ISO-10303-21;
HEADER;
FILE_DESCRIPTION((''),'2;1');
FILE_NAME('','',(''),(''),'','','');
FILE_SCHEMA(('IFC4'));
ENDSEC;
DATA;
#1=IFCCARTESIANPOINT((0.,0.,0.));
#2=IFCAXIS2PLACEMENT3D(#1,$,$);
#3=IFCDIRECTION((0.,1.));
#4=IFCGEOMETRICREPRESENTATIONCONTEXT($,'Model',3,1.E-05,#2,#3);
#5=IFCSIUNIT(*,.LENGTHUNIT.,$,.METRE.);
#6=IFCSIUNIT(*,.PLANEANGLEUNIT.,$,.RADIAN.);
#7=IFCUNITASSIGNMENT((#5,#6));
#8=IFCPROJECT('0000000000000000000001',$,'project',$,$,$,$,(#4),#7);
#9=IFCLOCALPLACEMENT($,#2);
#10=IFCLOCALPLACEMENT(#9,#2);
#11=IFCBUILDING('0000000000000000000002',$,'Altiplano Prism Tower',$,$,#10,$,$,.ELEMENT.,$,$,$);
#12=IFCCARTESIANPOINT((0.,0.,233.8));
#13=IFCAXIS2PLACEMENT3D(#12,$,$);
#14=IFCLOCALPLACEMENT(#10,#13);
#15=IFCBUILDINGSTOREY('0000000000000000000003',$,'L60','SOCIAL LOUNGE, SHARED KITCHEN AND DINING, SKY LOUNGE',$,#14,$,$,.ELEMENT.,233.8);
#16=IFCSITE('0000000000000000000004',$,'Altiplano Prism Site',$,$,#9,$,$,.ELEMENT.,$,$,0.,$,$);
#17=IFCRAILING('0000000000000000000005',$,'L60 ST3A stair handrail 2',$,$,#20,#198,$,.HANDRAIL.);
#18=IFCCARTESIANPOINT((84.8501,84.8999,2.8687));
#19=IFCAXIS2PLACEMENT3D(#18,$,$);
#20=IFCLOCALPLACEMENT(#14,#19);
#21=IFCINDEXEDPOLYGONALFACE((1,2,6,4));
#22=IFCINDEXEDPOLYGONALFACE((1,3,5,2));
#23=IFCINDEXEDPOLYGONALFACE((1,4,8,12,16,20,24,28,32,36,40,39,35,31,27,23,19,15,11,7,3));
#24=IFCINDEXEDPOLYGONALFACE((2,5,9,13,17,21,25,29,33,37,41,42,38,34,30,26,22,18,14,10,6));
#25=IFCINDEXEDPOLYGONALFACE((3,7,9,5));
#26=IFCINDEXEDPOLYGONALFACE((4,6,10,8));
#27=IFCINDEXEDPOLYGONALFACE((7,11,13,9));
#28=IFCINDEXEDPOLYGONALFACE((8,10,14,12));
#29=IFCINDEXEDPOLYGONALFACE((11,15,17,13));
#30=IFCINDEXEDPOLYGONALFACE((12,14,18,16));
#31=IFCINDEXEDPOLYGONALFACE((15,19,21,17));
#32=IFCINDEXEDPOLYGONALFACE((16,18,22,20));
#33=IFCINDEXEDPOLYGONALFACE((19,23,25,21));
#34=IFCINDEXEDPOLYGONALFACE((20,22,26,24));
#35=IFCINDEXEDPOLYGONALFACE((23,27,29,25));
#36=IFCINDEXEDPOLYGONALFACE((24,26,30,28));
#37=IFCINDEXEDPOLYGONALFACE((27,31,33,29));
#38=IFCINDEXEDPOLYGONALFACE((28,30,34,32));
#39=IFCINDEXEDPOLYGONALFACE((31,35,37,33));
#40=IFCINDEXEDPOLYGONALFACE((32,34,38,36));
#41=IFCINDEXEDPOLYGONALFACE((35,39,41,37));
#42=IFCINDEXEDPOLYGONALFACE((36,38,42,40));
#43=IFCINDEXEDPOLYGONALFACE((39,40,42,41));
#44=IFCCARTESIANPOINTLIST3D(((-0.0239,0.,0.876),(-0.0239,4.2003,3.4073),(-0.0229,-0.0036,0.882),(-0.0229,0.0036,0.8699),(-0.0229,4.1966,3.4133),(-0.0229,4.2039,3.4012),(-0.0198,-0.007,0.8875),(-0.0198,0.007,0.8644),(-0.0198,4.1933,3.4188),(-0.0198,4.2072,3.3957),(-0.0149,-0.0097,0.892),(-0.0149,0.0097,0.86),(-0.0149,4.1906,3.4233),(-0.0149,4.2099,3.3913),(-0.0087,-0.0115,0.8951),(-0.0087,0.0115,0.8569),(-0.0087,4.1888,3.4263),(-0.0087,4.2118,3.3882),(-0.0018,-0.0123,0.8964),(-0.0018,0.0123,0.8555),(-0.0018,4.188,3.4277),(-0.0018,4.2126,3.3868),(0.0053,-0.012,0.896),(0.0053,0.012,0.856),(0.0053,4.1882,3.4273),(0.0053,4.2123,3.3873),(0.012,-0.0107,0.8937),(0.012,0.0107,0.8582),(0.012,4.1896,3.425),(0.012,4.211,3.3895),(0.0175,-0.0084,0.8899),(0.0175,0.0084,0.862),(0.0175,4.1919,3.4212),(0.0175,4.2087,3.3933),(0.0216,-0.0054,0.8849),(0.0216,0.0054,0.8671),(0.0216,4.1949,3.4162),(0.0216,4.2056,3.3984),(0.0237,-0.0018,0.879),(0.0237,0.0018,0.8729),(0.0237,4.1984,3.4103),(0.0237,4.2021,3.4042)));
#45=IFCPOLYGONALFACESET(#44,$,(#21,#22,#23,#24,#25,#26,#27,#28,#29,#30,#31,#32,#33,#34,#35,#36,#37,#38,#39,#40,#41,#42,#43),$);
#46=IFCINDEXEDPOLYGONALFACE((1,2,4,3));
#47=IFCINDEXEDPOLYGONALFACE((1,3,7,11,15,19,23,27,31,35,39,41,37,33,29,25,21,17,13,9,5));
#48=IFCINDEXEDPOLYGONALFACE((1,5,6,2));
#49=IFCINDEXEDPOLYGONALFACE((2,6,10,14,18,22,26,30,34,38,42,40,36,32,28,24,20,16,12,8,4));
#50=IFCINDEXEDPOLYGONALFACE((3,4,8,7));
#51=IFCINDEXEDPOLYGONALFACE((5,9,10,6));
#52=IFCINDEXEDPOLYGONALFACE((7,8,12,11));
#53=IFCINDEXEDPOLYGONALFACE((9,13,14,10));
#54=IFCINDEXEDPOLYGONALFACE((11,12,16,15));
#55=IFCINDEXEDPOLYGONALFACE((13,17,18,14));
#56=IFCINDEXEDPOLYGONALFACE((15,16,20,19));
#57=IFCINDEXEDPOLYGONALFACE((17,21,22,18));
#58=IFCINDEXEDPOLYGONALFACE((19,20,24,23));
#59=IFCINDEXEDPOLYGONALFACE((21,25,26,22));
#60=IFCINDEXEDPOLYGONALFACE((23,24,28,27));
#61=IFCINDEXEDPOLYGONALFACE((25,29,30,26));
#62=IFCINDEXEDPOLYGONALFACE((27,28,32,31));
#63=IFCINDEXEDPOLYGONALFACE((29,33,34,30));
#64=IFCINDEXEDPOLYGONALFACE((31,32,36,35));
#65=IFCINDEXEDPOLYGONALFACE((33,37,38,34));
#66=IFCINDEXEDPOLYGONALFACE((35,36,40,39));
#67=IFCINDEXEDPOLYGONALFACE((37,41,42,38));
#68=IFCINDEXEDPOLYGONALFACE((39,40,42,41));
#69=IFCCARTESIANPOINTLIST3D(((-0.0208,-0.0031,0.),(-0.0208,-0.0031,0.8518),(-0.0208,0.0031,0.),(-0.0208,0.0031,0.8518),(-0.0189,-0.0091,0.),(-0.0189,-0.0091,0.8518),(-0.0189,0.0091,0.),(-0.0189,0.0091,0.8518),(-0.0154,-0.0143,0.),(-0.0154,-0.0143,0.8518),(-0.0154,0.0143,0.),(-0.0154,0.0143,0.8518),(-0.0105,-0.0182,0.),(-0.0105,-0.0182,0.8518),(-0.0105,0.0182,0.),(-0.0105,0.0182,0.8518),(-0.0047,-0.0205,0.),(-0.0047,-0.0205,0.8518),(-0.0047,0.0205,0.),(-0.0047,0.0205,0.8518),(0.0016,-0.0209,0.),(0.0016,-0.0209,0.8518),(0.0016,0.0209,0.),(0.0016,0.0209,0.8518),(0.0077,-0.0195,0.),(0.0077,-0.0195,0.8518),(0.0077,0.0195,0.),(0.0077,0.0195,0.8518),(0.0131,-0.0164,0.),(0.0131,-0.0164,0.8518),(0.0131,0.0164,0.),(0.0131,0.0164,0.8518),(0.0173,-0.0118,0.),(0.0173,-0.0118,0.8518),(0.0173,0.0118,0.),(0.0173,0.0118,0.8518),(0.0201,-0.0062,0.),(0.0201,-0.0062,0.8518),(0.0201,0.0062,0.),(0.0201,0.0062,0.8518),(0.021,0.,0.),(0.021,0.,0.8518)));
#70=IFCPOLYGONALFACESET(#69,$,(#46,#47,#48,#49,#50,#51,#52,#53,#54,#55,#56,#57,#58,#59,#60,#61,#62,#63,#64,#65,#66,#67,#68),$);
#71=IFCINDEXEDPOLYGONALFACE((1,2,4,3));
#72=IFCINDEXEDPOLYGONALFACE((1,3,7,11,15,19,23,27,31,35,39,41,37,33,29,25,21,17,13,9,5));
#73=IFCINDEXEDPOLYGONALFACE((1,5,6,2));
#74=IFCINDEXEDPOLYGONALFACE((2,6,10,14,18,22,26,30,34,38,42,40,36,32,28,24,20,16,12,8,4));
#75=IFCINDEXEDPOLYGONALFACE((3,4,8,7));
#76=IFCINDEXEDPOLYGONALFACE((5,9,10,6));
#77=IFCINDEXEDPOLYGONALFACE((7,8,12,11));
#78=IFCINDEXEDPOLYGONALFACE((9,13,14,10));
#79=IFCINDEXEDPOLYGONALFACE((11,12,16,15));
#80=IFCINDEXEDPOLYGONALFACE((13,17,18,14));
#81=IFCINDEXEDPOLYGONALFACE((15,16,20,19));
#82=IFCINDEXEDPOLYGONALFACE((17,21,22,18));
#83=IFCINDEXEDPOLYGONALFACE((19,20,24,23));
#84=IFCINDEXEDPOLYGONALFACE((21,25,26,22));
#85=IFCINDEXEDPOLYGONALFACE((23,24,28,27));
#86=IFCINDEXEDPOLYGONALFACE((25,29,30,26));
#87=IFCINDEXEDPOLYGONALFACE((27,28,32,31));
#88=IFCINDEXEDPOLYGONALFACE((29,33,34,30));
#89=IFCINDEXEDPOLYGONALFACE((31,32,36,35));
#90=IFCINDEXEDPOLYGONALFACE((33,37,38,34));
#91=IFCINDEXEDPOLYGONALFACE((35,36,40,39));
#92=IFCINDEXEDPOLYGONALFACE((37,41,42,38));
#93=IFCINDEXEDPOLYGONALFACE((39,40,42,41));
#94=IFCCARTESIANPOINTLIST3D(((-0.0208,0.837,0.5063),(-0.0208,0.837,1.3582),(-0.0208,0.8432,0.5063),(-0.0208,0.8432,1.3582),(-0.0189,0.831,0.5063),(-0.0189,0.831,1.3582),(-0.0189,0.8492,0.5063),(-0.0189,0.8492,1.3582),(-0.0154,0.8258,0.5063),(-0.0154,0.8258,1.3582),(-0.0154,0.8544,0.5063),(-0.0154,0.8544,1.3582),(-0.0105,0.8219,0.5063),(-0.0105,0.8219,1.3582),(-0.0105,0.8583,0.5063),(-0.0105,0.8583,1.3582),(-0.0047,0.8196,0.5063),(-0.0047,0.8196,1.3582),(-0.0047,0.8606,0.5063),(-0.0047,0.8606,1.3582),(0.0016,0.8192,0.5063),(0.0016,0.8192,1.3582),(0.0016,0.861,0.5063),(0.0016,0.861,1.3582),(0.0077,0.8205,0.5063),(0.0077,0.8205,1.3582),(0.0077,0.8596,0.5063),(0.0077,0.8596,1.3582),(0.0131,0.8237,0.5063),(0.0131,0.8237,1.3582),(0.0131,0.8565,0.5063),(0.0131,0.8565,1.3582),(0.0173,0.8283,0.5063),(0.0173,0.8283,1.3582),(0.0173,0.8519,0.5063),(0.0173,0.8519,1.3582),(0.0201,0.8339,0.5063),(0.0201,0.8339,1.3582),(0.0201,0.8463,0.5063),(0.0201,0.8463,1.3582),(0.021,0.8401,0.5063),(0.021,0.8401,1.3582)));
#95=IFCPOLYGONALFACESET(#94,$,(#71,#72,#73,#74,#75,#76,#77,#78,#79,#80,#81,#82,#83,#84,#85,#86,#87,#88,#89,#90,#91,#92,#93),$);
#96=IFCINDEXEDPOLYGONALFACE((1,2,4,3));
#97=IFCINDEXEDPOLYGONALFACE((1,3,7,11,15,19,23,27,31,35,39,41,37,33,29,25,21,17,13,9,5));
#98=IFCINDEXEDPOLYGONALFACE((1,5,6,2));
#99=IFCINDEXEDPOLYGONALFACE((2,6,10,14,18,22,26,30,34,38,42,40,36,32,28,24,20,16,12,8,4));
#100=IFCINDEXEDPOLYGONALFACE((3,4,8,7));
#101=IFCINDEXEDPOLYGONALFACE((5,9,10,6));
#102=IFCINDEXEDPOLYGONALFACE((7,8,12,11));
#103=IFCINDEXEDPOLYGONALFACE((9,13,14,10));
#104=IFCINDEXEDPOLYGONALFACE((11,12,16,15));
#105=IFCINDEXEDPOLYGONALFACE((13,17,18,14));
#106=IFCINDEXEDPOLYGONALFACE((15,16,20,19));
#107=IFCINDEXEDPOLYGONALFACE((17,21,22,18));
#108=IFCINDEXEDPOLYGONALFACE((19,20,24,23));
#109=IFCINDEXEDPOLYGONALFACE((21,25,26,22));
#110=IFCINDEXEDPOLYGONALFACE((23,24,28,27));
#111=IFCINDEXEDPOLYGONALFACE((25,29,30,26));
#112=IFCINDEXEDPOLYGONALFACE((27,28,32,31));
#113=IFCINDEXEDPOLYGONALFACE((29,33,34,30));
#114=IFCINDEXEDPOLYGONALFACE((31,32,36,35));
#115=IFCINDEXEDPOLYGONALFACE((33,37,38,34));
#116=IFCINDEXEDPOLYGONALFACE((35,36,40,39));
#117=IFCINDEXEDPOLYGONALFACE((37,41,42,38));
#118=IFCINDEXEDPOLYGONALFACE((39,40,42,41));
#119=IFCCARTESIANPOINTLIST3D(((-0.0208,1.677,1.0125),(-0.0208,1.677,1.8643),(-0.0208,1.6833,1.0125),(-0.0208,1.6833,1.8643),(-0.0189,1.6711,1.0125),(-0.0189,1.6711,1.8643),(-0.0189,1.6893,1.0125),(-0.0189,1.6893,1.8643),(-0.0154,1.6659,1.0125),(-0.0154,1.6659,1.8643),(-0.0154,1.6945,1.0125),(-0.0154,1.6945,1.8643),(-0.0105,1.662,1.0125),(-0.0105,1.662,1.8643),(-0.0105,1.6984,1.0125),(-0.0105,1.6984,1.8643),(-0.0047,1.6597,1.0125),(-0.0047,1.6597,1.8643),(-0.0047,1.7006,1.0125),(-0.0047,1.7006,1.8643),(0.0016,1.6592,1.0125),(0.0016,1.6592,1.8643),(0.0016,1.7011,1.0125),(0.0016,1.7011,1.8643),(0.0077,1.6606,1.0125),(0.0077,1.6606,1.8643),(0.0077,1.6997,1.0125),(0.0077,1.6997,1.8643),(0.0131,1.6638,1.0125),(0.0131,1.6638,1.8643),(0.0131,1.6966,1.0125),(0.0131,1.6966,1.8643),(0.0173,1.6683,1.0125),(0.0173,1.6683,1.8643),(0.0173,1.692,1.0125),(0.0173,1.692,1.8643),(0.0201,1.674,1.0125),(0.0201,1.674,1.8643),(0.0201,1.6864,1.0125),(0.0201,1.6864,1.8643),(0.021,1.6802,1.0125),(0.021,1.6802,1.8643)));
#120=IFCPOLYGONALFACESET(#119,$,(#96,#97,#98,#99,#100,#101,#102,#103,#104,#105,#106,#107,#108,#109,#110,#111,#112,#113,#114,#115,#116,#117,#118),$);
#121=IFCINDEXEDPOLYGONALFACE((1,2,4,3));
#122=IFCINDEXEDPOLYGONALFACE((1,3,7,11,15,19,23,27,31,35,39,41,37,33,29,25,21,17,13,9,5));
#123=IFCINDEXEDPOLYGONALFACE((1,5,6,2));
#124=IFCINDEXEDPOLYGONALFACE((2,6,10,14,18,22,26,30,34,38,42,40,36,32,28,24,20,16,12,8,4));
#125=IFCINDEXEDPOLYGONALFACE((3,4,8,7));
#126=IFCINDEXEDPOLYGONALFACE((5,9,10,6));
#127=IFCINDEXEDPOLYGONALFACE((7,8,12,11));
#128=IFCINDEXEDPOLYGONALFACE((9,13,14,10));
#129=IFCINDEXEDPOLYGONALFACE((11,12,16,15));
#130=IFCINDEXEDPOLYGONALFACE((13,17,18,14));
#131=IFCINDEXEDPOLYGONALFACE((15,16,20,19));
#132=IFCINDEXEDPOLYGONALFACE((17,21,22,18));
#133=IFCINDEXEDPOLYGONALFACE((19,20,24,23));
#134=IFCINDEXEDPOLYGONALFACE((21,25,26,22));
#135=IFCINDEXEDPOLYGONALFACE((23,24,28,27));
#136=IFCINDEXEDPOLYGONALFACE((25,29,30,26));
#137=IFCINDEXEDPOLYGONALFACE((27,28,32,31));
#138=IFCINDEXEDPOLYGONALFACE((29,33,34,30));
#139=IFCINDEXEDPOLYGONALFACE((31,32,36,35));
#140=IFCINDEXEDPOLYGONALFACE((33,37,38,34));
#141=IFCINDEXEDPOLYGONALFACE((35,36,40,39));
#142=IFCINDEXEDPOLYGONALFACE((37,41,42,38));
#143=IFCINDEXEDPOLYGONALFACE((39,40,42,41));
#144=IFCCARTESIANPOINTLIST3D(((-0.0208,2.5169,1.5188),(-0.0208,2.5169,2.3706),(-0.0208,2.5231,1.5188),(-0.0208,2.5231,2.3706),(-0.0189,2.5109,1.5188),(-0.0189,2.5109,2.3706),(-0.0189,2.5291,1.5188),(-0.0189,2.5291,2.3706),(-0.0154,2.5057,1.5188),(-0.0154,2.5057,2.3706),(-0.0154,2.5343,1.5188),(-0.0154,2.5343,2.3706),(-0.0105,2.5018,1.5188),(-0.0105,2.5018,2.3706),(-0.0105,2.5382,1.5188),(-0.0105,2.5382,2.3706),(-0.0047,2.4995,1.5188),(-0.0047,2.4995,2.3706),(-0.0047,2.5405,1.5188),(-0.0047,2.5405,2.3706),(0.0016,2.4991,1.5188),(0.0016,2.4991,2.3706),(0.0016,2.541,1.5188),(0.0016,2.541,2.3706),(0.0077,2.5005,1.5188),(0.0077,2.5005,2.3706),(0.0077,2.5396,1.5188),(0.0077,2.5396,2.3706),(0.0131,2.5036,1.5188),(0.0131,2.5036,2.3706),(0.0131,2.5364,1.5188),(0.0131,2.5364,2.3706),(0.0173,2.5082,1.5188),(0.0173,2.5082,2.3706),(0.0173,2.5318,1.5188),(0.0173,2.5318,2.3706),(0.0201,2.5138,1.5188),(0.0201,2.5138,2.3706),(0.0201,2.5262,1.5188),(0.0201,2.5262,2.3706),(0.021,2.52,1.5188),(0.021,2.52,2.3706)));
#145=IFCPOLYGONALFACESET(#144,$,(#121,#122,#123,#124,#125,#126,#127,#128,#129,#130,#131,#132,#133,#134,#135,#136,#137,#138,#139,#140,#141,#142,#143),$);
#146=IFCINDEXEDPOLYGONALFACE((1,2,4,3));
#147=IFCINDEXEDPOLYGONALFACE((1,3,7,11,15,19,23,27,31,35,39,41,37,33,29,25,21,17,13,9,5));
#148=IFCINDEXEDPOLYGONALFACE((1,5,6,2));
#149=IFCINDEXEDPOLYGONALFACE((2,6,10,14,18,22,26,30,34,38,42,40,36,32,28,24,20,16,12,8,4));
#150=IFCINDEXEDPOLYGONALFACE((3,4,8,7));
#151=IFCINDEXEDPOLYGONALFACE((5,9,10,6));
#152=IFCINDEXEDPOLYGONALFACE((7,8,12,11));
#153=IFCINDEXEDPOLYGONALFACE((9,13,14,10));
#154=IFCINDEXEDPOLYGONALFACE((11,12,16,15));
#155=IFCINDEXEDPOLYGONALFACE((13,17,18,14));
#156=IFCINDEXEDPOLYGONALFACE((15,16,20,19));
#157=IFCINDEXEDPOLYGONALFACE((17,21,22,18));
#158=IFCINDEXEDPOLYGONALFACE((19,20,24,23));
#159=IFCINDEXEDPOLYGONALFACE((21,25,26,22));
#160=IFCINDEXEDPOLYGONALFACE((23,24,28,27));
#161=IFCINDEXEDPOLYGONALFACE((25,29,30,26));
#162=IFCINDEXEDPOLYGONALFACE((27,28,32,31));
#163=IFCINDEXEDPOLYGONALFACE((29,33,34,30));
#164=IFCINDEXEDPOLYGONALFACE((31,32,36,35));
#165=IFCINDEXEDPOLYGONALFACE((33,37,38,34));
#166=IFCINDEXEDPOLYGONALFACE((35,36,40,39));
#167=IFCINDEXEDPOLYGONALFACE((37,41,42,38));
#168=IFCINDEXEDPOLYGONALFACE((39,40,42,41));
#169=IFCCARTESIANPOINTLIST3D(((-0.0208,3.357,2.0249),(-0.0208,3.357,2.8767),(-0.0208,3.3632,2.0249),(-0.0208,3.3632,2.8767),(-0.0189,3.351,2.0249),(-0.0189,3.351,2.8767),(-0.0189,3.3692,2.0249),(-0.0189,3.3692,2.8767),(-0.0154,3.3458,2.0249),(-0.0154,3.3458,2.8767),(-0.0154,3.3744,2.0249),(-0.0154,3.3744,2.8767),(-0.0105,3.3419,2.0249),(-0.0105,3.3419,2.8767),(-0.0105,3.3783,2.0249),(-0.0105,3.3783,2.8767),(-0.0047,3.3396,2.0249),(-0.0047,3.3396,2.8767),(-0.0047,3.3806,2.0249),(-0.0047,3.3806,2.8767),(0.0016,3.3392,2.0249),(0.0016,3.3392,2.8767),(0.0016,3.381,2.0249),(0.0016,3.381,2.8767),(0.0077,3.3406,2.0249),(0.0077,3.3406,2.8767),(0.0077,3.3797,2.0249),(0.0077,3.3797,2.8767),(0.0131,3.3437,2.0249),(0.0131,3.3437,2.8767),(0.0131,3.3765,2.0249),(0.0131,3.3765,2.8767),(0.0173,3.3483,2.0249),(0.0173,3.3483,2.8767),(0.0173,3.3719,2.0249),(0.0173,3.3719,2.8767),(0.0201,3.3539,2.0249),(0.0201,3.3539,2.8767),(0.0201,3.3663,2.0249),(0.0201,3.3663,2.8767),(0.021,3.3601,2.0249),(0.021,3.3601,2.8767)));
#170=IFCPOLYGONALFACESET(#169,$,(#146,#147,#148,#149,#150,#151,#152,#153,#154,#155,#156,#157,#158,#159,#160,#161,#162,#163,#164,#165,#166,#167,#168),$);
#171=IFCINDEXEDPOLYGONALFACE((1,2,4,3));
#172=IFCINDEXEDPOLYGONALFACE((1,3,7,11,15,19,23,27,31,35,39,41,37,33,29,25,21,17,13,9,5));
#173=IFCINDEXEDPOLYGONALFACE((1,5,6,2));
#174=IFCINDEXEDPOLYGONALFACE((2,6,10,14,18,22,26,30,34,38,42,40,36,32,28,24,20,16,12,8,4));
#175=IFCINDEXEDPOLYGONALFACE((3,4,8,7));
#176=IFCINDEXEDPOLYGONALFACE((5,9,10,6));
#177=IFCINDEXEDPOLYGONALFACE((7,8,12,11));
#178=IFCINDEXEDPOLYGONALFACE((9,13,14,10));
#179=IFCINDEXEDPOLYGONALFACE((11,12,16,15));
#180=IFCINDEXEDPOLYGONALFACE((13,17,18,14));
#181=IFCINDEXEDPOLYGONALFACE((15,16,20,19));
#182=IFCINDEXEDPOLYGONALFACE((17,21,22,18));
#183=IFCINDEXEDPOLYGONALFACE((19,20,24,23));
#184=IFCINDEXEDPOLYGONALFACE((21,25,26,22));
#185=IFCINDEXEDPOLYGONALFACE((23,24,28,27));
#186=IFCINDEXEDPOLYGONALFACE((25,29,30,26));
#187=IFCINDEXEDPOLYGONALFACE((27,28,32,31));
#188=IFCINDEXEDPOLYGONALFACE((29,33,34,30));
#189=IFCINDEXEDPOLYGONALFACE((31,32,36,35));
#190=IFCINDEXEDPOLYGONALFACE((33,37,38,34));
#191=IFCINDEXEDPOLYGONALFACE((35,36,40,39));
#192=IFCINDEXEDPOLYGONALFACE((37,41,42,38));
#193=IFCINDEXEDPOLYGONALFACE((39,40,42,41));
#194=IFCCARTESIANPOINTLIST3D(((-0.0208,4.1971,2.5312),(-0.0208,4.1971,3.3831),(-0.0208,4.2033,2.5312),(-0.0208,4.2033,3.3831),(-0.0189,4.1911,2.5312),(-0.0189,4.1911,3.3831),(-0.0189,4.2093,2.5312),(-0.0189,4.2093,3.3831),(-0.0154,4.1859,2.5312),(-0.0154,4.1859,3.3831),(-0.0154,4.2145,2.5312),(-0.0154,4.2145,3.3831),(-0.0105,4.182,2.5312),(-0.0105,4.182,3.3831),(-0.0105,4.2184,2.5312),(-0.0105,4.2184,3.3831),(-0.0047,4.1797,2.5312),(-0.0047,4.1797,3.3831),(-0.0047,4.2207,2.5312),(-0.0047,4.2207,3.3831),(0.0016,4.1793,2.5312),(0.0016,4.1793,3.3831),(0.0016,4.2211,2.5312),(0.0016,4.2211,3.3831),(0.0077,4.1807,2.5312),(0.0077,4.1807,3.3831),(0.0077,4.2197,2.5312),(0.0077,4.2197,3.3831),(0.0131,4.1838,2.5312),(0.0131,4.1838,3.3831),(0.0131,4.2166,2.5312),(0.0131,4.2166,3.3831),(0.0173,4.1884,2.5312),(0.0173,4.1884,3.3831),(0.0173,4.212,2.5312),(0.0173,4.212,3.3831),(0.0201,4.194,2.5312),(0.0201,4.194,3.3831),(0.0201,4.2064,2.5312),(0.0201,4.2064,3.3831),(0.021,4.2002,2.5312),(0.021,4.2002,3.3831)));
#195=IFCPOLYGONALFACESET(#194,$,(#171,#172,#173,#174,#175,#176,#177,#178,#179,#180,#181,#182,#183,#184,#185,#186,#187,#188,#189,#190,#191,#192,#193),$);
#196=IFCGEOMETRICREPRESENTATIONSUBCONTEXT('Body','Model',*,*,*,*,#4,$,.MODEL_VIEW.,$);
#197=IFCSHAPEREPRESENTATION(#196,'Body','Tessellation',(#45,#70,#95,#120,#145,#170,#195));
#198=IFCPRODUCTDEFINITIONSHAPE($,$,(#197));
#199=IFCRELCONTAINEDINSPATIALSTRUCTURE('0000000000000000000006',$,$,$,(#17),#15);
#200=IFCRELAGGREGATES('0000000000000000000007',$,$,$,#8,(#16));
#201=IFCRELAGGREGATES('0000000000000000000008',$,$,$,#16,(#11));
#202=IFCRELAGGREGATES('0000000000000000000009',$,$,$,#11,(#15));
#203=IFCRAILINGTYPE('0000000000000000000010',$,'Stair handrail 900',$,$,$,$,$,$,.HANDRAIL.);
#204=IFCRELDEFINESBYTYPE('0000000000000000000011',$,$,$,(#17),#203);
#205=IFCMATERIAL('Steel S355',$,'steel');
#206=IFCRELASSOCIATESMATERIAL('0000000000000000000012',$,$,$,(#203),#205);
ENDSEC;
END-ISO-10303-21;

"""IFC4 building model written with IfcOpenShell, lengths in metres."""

from ifc_helpers import new_model, si_unit, direction, frame, origin, origin_2d, place, context, subcontext, project, spatial, circle, extrude, material, type_object, element, save


model = new_model("IFC4")

# Units and contexts
model_context = context("Model", 3, precision=1e-05, world=origin(), true_north=direction((0.0, 1.0)))
body_context = subcontext(model_context, "Body", "Model", "MODEL_VIEW")
ifc_project = project(units=[si_unit("LENGTHUNIT", "METRE"), si_unit("PLANEANGLEUNIT", "RADIAN")], contexts=[model_context])

# Site, building, storey
site_placement = place(None, origin())
site = spatial("IfcSite", under=ifc_project, at=site_placement, Name="Altiplano Prism Site", CompositionType="ELEMENT", RefElevation=0.0)
building_placement = place(site_placement, origin())
building = spatial("IfcBuilding", under=site, at=building_placement, Name="Altiplano Prism Tower", CompositionType="ELEMENT")
storey_placement = place(building_placement, frame((0.0, 0.0, 233.8)))
storey = spatial("IfcBuildingStorey", under=building, at=storey_placement, Name="L60", Description="SOCIAL LOUNGE, SHARED KITCHEN AND DINING, SKY LOUNGE", CompositionType="ELEMENT", Elevation=233.8)

# Railing
ifc_material_1 = material(Name="Steel S355", Category="steel")
railing_type_1 = type_object("IfcRailingType", Name="Stair handrail 900", PredefinedType="HANDRAIL", material=ifc_material_1)
railing_1_placement = place(storey_placement, frame((84.8501, 84.8999, 2.8687)))
element("IfcRailing", 1, at=railing_1_placement, inside=storey, type_object=railing_type_1, Name="L60 ST3A stair handrail 2", PredefinedType="HANDRAIL", context=body_context, shape_type="SweptSolid", body=[
    extrude(circle(Radius=0.0239, at=origin_2d()), frame((0.0, 0.0, 0.876), z_axis=(0.0, 0.85649, 0.516164), x_axis=(-1.0, 0.0, 0.0)), (0.0, 0.0, 1.0), 4.9041),
    extrude(circle(Radius=0.021, at=origin_2d()), origin(), (0.0, 0.0, 1.0), 0.8518),
    extrude(circle(Radius=0.021, at=origin_2d()), frame((0.0, 0.8401, 0.5063)), (0.0, 0.0, 1.0), 0.8518),
    extrude(circle(Radius=0.021, at=origin_2d()), frame((0.0, 1.6802, 1.0125)), (0.0, 0.0, 1.0), 0.8518),
    extrude(circle(Radius=0.021, at=origin_2d()), frame((0.0, 2.52, 1.5188)), (0.0, 0.0, 1.0), 0.8518),
    extrude(circle(Radius=0.021, at=origin_2d()), frame((0.0, 3.3601, 2.0249)), (0.0, 0.0, 1.0), 0.8518),
    extrude(circle(Radius=0.021, at=origin_2d()), frame((0.0, 4.2002, 2.5312)), (0.0, 0.0, 1.0), 0.8518),
])

save(model, "model.ifc")
